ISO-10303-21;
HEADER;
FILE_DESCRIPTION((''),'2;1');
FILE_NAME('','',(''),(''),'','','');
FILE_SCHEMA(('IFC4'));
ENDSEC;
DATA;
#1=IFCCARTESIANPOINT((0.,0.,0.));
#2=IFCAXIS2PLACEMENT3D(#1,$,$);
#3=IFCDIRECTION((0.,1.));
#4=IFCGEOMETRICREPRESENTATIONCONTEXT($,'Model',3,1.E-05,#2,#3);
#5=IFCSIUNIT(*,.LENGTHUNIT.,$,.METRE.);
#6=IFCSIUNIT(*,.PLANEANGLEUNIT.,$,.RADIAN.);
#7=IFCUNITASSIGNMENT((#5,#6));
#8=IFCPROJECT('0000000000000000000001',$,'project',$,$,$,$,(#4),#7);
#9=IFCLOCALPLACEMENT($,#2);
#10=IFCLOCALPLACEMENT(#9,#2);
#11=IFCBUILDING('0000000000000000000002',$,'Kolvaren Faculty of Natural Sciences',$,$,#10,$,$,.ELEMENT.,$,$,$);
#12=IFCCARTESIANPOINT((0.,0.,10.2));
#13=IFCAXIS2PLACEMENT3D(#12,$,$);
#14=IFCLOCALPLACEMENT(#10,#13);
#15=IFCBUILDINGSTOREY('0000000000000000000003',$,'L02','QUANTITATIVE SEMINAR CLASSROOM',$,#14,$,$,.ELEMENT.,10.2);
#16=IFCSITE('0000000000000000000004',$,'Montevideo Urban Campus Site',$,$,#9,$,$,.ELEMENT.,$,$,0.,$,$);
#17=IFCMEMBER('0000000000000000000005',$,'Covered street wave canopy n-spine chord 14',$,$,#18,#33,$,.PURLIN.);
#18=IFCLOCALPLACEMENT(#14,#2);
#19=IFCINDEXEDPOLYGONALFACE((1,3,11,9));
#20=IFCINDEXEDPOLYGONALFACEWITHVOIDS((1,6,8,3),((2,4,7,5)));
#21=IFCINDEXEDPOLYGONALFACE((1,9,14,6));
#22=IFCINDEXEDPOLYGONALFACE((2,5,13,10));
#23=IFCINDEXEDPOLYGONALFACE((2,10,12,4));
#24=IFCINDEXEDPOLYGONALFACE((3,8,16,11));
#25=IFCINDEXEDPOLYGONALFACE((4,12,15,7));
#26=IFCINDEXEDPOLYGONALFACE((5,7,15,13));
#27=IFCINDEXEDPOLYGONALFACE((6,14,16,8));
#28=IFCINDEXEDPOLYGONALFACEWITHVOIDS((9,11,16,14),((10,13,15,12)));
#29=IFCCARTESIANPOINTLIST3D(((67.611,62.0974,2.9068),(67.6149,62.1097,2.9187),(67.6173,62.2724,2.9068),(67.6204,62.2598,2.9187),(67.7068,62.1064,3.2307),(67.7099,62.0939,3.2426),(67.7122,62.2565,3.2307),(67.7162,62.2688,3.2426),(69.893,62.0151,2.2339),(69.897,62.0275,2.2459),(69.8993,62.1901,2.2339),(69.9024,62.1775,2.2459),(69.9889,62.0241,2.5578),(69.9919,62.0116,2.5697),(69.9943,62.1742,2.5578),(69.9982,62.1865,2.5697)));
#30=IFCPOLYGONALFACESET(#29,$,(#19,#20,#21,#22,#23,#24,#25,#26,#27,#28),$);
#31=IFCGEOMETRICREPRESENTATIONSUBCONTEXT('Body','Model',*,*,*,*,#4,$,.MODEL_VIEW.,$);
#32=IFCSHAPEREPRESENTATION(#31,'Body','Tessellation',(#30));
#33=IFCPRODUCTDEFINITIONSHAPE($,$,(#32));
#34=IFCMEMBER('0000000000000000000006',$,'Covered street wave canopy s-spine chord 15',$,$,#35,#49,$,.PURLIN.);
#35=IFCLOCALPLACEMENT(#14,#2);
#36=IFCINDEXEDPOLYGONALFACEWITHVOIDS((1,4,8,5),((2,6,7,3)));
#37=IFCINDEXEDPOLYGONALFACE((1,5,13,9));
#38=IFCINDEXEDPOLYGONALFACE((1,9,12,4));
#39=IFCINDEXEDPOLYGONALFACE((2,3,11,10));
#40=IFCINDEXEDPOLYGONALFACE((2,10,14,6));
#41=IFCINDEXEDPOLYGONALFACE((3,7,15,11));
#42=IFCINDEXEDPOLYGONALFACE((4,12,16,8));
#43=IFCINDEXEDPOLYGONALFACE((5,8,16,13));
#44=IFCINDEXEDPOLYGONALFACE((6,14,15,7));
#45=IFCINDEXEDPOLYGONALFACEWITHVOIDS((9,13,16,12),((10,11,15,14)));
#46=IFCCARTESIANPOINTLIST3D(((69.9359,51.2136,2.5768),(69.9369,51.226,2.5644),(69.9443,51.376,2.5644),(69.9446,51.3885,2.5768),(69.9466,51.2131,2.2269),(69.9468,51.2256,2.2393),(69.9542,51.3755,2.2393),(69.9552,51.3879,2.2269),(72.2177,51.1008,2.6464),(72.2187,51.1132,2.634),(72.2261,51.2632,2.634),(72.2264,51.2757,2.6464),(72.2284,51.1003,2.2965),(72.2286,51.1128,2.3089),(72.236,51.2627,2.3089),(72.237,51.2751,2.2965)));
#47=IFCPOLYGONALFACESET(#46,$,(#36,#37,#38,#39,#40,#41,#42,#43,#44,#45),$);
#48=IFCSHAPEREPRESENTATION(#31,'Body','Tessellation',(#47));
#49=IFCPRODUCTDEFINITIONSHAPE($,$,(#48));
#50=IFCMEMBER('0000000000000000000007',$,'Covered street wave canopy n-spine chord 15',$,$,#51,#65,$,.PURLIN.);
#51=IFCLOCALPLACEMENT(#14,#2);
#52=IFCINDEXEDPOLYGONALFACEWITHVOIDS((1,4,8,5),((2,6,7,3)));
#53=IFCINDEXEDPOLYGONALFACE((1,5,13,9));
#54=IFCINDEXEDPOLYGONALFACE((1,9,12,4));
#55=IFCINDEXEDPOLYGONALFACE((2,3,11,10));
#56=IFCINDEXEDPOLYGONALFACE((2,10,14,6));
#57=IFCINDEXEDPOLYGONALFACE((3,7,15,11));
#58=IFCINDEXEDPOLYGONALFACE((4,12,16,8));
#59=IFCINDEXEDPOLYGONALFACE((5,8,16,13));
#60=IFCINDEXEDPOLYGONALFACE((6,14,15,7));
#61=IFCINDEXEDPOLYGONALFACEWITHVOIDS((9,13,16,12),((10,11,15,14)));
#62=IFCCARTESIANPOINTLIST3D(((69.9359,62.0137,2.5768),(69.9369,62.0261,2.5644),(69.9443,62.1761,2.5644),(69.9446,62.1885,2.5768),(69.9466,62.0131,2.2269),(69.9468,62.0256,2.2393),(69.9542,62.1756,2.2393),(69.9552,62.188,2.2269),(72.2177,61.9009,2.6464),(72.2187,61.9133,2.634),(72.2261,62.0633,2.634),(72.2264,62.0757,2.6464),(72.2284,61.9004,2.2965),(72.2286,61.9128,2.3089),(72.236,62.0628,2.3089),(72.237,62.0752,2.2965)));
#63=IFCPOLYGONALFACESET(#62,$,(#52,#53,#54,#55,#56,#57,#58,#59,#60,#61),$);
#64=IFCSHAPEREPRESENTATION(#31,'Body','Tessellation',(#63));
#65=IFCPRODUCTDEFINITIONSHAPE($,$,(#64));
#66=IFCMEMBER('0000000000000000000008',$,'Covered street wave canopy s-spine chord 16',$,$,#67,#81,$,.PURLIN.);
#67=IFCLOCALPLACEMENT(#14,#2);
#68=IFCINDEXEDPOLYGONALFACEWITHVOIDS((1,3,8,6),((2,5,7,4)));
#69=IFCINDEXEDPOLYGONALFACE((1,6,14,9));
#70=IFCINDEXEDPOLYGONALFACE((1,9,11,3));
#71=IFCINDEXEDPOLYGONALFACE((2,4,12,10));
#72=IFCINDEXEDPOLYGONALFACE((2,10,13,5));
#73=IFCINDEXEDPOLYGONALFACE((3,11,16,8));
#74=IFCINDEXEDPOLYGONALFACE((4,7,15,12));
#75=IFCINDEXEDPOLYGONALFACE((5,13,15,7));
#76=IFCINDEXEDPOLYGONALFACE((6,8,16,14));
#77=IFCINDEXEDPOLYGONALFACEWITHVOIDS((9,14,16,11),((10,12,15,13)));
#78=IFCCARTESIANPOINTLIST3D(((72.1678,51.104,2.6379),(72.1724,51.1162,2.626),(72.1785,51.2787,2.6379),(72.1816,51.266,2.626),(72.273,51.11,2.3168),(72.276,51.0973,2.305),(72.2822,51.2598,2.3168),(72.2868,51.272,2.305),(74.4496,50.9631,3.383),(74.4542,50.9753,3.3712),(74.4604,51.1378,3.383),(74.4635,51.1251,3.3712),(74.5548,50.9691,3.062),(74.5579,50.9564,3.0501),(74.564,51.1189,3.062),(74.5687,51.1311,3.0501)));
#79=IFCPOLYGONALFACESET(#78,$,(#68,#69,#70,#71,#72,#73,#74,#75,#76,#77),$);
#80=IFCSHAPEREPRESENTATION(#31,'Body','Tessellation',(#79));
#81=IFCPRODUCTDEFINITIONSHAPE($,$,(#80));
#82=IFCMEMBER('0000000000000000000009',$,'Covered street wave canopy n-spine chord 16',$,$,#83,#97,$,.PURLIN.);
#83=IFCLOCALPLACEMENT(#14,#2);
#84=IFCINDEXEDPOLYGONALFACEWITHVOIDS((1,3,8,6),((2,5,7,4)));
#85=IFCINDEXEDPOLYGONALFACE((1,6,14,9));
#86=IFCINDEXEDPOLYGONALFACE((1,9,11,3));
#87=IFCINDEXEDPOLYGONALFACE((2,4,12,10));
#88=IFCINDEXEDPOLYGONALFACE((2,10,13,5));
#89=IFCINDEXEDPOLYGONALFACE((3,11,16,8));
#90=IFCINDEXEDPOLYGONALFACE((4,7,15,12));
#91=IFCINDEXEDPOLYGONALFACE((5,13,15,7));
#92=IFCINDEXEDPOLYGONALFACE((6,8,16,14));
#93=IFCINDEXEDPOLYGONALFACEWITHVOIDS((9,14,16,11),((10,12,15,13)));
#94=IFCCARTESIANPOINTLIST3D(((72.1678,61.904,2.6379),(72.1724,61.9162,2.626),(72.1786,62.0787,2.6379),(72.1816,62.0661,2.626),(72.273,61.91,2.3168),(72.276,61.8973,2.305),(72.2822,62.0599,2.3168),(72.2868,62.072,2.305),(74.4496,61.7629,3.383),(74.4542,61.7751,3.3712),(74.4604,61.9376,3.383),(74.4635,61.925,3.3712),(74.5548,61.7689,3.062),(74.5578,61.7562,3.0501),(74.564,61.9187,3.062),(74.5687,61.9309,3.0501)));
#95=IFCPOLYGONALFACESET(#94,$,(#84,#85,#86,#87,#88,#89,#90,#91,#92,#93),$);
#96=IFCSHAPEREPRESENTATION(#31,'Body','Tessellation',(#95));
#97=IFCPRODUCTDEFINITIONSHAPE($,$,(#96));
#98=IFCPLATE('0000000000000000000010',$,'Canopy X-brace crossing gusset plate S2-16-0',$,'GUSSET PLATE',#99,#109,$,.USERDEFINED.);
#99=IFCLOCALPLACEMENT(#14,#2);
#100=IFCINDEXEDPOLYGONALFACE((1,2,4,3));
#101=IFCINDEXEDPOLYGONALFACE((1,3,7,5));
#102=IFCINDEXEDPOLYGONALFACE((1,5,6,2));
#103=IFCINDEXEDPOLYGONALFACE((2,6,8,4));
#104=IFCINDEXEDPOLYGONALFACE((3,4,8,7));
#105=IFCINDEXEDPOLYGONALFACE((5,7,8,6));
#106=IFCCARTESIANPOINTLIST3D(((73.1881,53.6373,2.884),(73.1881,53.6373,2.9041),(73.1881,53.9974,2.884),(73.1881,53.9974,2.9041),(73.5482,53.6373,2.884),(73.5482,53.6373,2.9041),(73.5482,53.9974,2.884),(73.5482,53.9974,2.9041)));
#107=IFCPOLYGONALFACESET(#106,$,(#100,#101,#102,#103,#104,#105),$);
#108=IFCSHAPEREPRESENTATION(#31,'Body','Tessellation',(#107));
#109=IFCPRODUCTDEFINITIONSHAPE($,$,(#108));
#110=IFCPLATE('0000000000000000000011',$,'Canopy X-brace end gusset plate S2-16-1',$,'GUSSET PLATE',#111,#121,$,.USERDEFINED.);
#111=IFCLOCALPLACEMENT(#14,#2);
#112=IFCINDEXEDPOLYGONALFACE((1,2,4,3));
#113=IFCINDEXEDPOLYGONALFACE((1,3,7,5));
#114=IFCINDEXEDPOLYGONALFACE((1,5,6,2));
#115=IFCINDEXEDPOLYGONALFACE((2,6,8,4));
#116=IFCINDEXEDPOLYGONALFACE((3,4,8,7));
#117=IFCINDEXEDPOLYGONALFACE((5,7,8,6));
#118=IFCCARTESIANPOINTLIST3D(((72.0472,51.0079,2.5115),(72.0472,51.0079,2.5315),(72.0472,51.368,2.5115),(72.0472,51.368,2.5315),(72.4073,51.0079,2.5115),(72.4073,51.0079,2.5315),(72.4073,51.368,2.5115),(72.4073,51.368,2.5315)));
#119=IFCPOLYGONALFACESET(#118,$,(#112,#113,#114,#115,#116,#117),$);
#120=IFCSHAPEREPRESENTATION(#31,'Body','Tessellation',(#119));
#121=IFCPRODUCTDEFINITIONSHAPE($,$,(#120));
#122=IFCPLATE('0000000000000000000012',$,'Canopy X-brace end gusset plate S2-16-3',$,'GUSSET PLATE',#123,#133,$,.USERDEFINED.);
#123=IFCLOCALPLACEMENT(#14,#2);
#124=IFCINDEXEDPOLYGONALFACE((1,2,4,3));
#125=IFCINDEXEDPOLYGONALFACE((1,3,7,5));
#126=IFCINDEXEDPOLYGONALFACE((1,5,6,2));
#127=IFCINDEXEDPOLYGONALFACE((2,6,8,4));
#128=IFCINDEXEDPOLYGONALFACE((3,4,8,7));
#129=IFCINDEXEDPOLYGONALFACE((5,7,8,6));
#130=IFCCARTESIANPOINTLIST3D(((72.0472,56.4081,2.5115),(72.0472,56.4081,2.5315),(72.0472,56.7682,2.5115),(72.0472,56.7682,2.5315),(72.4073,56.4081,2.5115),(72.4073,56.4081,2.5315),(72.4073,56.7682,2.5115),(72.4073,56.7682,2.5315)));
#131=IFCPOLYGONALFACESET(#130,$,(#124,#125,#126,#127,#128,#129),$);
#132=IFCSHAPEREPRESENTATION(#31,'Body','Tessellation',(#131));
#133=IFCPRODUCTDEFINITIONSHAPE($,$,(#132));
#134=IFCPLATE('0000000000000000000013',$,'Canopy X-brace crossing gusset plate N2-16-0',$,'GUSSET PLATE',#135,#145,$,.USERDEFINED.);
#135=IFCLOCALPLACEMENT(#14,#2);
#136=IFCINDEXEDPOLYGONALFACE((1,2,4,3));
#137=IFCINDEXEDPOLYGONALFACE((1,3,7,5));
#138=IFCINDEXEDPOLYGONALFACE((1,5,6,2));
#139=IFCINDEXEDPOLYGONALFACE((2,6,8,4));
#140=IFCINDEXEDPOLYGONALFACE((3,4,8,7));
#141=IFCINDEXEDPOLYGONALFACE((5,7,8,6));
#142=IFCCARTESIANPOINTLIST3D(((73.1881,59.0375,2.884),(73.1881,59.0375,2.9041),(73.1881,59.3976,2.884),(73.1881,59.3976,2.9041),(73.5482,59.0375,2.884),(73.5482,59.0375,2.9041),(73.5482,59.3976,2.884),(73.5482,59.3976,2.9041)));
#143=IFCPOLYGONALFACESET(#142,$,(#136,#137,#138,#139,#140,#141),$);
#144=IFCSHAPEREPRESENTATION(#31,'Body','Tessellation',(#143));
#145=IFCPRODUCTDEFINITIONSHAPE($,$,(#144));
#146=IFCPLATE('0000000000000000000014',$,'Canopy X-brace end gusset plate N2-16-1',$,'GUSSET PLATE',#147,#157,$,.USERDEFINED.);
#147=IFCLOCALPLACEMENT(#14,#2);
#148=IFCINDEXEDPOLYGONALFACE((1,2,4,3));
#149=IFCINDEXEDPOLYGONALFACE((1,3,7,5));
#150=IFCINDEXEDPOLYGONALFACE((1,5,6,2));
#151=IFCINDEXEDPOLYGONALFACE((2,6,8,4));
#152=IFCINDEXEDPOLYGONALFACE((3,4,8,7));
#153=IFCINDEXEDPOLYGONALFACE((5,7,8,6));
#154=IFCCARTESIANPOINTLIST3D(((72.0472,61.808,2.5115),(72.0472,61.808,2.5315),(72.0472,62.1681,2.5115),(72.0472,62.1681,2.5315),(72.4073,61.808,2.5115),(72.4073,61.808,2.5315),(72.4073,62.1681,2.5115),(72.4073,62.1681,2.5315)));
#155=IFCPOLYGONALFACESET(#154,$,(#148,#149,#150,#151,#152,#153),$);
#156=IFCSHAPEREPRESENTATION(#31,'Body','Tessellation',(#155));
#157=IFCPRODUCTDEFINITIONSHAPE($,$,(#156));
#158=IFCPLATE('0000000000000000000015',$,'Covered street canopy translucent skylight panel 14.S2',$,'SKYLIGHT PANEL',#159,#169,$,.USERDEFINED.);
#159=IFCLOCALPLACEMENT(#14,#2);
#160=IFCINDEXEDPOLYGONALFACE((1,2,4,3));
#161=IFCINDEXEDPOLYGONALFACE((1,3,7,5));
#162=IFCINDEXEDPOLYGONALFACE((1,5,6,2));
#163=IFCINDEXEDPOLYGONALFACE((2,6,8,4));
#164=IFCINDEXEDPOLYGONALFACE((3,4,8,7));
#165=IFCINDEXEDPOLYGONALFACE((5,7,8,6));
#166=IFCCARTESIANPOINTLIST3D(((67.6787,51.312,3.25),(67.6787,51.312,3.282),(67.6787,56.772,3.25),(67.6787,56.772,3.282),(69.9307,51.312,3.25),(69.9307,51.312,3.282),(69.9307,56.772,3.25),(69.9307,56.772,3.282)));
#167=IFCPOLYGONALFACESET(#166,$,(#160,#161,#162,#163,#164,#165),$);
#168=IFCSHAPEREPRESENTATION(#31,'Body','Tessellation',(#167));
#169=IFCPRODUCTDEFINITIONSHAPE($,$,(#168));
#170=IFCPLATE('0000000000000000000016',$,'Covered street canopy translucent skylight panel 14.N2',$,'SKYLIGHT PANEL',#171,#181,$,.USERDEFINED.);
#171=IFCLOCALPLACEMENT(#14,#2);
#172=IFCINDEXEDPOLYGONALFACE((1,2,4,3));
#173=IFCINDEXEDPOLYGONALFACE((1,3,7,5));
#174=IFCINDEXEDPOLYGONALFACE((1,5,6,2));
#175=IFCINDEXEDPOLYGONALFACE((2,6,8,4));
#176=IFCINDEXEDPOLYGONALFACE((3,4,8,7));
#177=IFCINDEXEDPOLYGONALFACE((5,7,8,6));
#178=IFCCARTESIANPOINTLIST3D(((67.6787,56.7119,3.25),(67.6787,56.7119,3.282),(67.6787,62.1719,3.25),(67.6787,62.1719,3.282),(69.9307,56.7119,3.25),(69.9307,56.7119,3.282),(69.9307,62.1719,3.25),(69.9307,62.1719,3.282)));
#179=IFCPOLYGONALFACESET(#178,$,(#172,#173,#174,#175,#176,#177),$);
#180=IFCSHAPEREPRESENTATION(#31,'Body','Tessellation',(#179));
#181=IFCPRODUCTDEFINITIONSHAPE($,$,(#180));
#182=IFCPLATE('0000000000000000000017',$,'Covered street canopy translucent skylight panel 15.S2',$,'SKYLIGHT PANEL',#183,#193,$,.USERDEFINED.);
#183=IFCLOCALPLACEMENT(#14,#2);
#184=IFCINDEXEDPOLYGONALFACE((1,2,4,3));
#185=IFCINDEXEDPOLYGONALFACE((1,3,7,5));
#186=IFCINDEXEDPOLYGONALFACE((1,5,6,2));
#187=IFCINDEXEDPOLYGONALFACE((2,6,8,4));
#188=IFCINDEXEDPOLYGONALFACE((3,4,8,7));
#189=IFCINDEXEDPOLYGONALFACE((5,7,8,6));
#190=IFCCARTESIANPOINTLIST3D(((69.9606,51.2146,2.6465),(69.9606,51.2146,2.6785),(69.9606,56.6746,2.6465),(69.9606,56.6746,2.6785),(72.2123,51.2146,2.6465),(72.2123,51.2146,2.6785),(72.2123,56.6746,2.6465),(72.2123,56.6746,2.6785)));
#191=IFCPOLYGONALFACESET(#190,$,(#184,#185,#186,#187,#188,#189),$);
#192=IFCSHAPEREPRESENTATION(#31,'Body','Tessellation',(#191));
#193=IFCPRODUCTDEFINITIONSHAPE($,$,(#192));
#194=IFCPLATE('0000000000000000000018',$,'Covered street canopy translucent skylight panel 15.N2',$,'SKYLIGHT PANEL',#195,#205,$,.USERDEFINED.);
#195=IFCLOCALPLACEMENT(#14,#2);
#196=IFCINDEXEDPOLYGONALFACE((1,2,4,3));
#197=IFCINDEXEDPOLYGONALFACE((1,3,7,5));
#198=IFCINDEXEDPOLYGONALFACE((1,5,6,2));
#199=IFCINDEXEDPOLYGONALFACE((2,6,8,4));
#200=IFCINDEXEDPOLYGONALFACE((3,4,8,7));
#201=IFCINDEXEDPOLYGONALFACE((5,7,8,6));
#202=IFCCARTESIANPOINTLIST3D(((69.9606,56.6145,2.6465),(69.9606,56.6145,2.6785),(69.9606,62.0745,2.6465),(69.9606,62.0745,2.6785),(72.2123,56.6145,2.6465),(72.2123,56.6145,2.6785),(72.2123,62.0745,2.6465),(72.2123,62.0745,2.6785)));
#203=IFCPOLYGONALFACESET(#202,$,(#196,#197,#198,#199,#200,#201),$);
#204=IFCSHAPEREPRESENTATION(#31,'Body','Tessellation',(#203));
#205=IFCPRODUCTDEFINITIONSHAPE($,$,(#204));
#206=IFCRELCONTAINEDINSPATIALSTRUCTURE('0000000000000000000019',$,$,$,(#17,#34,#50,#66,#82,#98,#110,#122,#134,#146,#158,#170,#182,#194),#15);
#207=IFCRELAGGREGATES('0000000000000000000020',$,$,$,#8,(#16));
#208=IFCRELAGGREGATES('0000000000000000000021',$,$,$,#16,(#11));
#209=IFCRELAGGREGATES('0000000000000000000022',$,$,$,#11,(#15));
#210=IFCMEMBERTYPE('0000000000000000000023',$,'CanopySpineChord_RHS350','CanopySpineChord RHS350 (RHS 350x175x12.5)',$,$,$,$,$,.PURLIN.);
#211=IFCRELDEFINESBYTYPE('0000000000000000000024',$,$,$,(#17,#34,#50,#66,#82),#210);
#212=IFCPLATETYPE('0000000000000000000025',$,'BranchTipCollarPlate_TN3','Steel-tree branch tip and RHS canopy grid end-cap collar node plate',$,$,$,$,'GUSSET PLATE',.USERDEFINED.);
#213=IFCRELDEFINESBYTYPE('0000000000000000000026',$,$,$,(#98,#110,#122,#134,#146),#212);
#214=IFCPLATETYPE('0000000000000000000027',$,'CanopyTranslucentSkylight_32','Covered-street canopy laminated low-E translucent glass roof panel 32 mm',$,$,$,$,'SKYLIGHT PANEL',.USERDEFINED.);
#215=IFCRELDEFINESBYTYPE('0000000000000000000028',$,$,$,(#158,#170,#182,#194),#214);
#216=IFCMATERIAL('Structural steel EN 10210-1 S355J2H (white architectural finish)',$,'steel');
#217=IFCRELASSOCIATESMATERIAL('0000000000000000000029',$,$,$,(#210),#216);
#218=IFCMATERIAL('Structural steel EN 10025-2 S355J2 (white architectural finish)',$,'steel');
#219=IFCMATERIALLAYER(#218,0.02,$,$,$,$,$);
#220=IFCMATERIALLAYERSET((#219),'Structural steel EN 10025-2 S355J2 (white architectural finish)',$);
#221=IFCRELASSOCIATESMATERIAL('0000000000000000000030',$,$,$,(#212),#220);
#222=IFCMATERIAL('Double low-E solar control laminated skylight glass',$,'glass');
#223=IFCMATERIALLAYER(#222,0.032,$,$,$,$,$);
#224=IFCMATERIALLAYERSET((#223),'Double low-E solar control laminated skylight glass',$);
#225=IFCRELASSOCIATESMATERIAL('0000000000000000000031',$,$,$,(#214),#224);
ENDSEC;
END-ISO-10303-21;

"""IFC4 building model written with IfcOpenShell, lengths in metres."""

from ifc_helpers import new_model, si_unit, direction, frame, origin, origin_2d, place, context, subcontext, project, spatial, rectangle, hollow_rectangle, extrude, material, layer, layer_set, material_profile, profile_set, type_object, element, save


model = new_model("IFC4")

# Units and contexts
model_context = context("Model", 3, precision=1e-05, world=origin(), true_north=direction((0.0, 1.0)))
body_context = subcontext(model_context, "Body", "Model", "MODEL_VIEW")
ifc_project = project(units=[si_unit("LENGTHUNIT", "METRE"), si_unit("PLANEANGLEUNIT", "RADIAN")], contexts=[model_context])

# Site, building, storey
site_placement = place(None, origin())
site = spatial("IfcSite", under=ifc_project, at=site_placement, Name="Montevideo Urban Campus Site", CompositionType="ELEMENT", RefElevation=0.0)
building_placement = place(site_placement, origin())
building = spatial("IfcBuilding", under=site, at=building_placement, Name="Kolvaren Faculty of Natural Sciences", CompositionType="ELEMENT")
storey_placement = place(building_placement, frame((0.0, 0.0, 10.2)))
storey = spatial("IfcBuildingStorey", under=building, at=storey_placement, Name="L02", Description="QUANTITATIVE SEMINAR CLASSROOM", CompositionType="ELEMENT", Elevation=10.2)

# Members
ifc_material_1 = material(Name="Structural steel EN 10210-1 S355J2H (white architectural finish)", Category="steel")
ifc_material_profile_1 = material_profile(ifc_material_1, hollow_rectangle(XDim=0.175, YDim=0.3501, WallThickness=0.0125, at=origin_2d()), Name="RHS 350x175x12.5")
ifc_profile_set_1 = profile_set([ifc_material_profile_1], Name="Structural steel EN 10210-1 S355J2H (white architectural finish)")
member_type_1 = type_object("IfcMemberType", Name="CanopySpineChord_RHS350", Description="CanopySpineChord RHS350 (RHS 350x175x12.5)", PredefinedType="PURLIN", material=ifc_profile_set_1)
member_1_placement = place(storey_placement, frame((67.6636, 62.1831, 3.0747), z_axis=(0.958601, -0.034562, -0.282647), x_axis=(0.036031, 0.999351, 0.0)))
element("IfcMember", 1, at=member_1_placement, inside=storey, type_object=member_type_1, Name="Covered street wave canopy n-spine chord 14", PredefinedType="PURLIN", context=body_context, shape_type="SweptSolid", body=[
    extrude(hollow_rectangle(XDim=0.175, YDim=0.3501, WallThickness=0.0125, at=origin_2d()), origin(), (0.0, 0.0, 1.0), 2.3806),
])
for number, where, z_axis, x_axis, name in (
    (2, (69.9456, 51.3008, 2.4019), (0.998317, -0.04935, 0.030443), (0.049373, 0.99878, 0.0), "Covered street wave canopy s-spine chord 15"),
    (3, (69.9456, 62.1008, 2.4019), (0.998317, -0.04935, 0.030443), (0.049373, 0.99878, 0.0), "Covered street wave canopy n-spine chord 15"),
):
    element("IfcMember", number, at=place(storey_placement, frame(where, z_axis=z_axis, x_axis=x_axis)), inside=storey, type_object=member_type_1, Name=name, PredefinedType="PURLIN", context=body_context, shape_type="SweptSolid", body=[
        extrude(hollow_rectangle(XDim=0.175, YDim=0.3501, WallThickness=0.0125, at=origin_2d()), origin(), (0.0, 0.0, 1.0), 2.2856),
    ])
for number, where, z_axis, x_axis, name in (
    (4, (72.2273, 51.188, 2.4714), (0.948965, -0.058587, 0.309891), (0.06162, 0.9981, 0.0), "Covered street wave canopy s-spine chord 16"),
    (5, (72.2273, 61.988, 2.4714), (0.94896, -0.058688, 0.309889), (0.061727, 0.998093, 0.0), "Covered street wave canopy n-spine chord 16"),
):
    element("IfcMember", number, at=place(storey_placement, frame(where, z_axis=z_axis, x_axis=x_axis)), inside=storey, type_object=member_type_1, Name=name, PredefinedType="PURLIN", context=body_context, shape_type="SweptSolid", body=[
        extrude(hollow_rectangle(XDim=0.175, YDim=0.3501, WallThickness=0.0125, at=origin_2d()), origin(), (0.0, 0.0, 1.0), 2.4045),
    ])

# Plates
ifc_material_2 = material(Name="Structural steel EN 10025-2 S355J2 (white architectural finish)", Category="steel")
ifc_layer_1 = layer(ifc_material_2, 0.02)
ifc_layer_set_1 = layer_set([ifc_layer_1], Name="Structural steel EN 10025-2 S355J2 (white architectural finish)")
plate_type_1 = type_object("IfcPlateType", Name="BranchTipCollarPlate_TN3", Description="Steel-tree branch tip and RHS canopy grid end-cap collar node plate", ElementType="GUSSET PLATE", PredefinedType="USERDEFINED", material=ifc_layer_set_1)
for number, where, z_axis, x_axis, name in (
    (6, (73.3682, 53.8174, 2.884), (0.0, 0.0, 1.0), (1.0, 0.0, 0.0), "Canopy X-brace crossing gusset plate S2-16-0"),
    (7, (72.2273, 51.188, 2.5115), (0.0, 0.0, 1.0), (1.0, 0.0, 0.0), "Canopy X-brace end gusset plate S2-16-1"),
    (8, (72.2273, 56.5881, 2.5115), (0.0, 0.0, 1.0), (1.0, 0.0, 0.0), "Canopy X-brace end gusset plate S2-16-3"),
    (9, (73.3682, 59.2175, 2.884), (0.0, 0.0, 1.0), (1.0, 0.0, 0.0), "Canopy X-brace crossing gusset plate N2-16-0"),
    (10, (72.2273, 61.988, 2.5115), (0.0, 0.0, 1.0), (1.0, 0.0, 0.0), "Canopy X-brace end gusset plate N2-16-1"),
):
    element("IfcPlate", number, at=place(storey_placement, frame(where, z_axis=z_axis, x_axis=x_axis)), inside=storey, type_object=plate_type_1, Name=name, ObjectType="GUSSET PLATE", PredefinedType="USERDEFINED", context=body_context, shape_type="SweptSolid", body=[
        extrude(rectangle(XDim=0.3601, YDim=0.3601, at=origin_2d()), origin(), (0.0, 0.0, 1.0), 0.02),
    ])
ifc_material_3 = material(Name="Double low-E solar control laminated skylight glass", Category="glass")
ifc_layer_2 = layer(ifc_material_3, 0.032)
ifc_layer_set_2 = layer_set([ifc_layer_2], Name="Double low-E solar control laminated skylight glass")
plate_type_2 = type_object("IfcPlateType", Name="CanopyTranslucentSkylight_32", Description="Covered-street canopy laminated low-E translucent glass roof panel 32 mm", ElementType="SKYLIGHT PANEL", PredefinedType="USERDEFINED", material=ifc_layer_set_2)
for number, where, z_axis, x_axis, name in (
    (11, (68.8047, 54.042, 3.25), (0.0, 0.0, 1.0), (1.0, 0.0, 0.0), "Covered street canopy translucent skylight panel 14.S2"),
    (12, (68.8047, 59.4419, 3.25), (0.0, 0.0, 1.0), (1.0, 0.0, 0.0), "Covered street canopy translucent skylight panel 14.N2"),
):
    element("IfcPlate", number, at=place(storey_placement, frame(where, z_axis=z_axis, x_axis=x_axis)), inside=storey, type_object=plate_type_2, Name=name, ObjectType="SKYLIGHT PANEL", PredefinedType="USERDEFINED", context=body_context, shape_type="SweptSolid", body=[
        extrude(rectangle(XDim=2.252, YDim=5.46, at=origin_2d()), origin(), (0.0, 0.0, 1.0), 0.032),
    ])
for number, where, z_axis, x_axis, name in (
    (13, (71.0864, 53.9446, 2.6465), (0.0, 0.0, 1.0), (1.0, 0.0, 0.0), "Covered street canopy translucent skylight panel 15.S2"),
    (14, (71.0864, 59.3445, 2.6465), (0.0, 0.0, 1.0), (1.0, 0.0, 0.0), "Covered street canopy translucent skylight panel 15.N2"),
):
    element("IfcPlate", number, at=place(storey_placement, frame(where, z_axis=z_axis, x_axis=x_axis)), inside=storey, type_object=plate_type_2, Name=name, ObjectType="SKYLIGHT PANEL", PredefinedType="USERDEFINED", context=body_context, shape_type="SweptSolid", body=[
        extrude(rectangle(XDim=2.2517, YDim=5.46, at=origin_2d()), origin(), (0.0, 0.0, 1.0), 0.032),
    ])

save(model, "model.ifc")
